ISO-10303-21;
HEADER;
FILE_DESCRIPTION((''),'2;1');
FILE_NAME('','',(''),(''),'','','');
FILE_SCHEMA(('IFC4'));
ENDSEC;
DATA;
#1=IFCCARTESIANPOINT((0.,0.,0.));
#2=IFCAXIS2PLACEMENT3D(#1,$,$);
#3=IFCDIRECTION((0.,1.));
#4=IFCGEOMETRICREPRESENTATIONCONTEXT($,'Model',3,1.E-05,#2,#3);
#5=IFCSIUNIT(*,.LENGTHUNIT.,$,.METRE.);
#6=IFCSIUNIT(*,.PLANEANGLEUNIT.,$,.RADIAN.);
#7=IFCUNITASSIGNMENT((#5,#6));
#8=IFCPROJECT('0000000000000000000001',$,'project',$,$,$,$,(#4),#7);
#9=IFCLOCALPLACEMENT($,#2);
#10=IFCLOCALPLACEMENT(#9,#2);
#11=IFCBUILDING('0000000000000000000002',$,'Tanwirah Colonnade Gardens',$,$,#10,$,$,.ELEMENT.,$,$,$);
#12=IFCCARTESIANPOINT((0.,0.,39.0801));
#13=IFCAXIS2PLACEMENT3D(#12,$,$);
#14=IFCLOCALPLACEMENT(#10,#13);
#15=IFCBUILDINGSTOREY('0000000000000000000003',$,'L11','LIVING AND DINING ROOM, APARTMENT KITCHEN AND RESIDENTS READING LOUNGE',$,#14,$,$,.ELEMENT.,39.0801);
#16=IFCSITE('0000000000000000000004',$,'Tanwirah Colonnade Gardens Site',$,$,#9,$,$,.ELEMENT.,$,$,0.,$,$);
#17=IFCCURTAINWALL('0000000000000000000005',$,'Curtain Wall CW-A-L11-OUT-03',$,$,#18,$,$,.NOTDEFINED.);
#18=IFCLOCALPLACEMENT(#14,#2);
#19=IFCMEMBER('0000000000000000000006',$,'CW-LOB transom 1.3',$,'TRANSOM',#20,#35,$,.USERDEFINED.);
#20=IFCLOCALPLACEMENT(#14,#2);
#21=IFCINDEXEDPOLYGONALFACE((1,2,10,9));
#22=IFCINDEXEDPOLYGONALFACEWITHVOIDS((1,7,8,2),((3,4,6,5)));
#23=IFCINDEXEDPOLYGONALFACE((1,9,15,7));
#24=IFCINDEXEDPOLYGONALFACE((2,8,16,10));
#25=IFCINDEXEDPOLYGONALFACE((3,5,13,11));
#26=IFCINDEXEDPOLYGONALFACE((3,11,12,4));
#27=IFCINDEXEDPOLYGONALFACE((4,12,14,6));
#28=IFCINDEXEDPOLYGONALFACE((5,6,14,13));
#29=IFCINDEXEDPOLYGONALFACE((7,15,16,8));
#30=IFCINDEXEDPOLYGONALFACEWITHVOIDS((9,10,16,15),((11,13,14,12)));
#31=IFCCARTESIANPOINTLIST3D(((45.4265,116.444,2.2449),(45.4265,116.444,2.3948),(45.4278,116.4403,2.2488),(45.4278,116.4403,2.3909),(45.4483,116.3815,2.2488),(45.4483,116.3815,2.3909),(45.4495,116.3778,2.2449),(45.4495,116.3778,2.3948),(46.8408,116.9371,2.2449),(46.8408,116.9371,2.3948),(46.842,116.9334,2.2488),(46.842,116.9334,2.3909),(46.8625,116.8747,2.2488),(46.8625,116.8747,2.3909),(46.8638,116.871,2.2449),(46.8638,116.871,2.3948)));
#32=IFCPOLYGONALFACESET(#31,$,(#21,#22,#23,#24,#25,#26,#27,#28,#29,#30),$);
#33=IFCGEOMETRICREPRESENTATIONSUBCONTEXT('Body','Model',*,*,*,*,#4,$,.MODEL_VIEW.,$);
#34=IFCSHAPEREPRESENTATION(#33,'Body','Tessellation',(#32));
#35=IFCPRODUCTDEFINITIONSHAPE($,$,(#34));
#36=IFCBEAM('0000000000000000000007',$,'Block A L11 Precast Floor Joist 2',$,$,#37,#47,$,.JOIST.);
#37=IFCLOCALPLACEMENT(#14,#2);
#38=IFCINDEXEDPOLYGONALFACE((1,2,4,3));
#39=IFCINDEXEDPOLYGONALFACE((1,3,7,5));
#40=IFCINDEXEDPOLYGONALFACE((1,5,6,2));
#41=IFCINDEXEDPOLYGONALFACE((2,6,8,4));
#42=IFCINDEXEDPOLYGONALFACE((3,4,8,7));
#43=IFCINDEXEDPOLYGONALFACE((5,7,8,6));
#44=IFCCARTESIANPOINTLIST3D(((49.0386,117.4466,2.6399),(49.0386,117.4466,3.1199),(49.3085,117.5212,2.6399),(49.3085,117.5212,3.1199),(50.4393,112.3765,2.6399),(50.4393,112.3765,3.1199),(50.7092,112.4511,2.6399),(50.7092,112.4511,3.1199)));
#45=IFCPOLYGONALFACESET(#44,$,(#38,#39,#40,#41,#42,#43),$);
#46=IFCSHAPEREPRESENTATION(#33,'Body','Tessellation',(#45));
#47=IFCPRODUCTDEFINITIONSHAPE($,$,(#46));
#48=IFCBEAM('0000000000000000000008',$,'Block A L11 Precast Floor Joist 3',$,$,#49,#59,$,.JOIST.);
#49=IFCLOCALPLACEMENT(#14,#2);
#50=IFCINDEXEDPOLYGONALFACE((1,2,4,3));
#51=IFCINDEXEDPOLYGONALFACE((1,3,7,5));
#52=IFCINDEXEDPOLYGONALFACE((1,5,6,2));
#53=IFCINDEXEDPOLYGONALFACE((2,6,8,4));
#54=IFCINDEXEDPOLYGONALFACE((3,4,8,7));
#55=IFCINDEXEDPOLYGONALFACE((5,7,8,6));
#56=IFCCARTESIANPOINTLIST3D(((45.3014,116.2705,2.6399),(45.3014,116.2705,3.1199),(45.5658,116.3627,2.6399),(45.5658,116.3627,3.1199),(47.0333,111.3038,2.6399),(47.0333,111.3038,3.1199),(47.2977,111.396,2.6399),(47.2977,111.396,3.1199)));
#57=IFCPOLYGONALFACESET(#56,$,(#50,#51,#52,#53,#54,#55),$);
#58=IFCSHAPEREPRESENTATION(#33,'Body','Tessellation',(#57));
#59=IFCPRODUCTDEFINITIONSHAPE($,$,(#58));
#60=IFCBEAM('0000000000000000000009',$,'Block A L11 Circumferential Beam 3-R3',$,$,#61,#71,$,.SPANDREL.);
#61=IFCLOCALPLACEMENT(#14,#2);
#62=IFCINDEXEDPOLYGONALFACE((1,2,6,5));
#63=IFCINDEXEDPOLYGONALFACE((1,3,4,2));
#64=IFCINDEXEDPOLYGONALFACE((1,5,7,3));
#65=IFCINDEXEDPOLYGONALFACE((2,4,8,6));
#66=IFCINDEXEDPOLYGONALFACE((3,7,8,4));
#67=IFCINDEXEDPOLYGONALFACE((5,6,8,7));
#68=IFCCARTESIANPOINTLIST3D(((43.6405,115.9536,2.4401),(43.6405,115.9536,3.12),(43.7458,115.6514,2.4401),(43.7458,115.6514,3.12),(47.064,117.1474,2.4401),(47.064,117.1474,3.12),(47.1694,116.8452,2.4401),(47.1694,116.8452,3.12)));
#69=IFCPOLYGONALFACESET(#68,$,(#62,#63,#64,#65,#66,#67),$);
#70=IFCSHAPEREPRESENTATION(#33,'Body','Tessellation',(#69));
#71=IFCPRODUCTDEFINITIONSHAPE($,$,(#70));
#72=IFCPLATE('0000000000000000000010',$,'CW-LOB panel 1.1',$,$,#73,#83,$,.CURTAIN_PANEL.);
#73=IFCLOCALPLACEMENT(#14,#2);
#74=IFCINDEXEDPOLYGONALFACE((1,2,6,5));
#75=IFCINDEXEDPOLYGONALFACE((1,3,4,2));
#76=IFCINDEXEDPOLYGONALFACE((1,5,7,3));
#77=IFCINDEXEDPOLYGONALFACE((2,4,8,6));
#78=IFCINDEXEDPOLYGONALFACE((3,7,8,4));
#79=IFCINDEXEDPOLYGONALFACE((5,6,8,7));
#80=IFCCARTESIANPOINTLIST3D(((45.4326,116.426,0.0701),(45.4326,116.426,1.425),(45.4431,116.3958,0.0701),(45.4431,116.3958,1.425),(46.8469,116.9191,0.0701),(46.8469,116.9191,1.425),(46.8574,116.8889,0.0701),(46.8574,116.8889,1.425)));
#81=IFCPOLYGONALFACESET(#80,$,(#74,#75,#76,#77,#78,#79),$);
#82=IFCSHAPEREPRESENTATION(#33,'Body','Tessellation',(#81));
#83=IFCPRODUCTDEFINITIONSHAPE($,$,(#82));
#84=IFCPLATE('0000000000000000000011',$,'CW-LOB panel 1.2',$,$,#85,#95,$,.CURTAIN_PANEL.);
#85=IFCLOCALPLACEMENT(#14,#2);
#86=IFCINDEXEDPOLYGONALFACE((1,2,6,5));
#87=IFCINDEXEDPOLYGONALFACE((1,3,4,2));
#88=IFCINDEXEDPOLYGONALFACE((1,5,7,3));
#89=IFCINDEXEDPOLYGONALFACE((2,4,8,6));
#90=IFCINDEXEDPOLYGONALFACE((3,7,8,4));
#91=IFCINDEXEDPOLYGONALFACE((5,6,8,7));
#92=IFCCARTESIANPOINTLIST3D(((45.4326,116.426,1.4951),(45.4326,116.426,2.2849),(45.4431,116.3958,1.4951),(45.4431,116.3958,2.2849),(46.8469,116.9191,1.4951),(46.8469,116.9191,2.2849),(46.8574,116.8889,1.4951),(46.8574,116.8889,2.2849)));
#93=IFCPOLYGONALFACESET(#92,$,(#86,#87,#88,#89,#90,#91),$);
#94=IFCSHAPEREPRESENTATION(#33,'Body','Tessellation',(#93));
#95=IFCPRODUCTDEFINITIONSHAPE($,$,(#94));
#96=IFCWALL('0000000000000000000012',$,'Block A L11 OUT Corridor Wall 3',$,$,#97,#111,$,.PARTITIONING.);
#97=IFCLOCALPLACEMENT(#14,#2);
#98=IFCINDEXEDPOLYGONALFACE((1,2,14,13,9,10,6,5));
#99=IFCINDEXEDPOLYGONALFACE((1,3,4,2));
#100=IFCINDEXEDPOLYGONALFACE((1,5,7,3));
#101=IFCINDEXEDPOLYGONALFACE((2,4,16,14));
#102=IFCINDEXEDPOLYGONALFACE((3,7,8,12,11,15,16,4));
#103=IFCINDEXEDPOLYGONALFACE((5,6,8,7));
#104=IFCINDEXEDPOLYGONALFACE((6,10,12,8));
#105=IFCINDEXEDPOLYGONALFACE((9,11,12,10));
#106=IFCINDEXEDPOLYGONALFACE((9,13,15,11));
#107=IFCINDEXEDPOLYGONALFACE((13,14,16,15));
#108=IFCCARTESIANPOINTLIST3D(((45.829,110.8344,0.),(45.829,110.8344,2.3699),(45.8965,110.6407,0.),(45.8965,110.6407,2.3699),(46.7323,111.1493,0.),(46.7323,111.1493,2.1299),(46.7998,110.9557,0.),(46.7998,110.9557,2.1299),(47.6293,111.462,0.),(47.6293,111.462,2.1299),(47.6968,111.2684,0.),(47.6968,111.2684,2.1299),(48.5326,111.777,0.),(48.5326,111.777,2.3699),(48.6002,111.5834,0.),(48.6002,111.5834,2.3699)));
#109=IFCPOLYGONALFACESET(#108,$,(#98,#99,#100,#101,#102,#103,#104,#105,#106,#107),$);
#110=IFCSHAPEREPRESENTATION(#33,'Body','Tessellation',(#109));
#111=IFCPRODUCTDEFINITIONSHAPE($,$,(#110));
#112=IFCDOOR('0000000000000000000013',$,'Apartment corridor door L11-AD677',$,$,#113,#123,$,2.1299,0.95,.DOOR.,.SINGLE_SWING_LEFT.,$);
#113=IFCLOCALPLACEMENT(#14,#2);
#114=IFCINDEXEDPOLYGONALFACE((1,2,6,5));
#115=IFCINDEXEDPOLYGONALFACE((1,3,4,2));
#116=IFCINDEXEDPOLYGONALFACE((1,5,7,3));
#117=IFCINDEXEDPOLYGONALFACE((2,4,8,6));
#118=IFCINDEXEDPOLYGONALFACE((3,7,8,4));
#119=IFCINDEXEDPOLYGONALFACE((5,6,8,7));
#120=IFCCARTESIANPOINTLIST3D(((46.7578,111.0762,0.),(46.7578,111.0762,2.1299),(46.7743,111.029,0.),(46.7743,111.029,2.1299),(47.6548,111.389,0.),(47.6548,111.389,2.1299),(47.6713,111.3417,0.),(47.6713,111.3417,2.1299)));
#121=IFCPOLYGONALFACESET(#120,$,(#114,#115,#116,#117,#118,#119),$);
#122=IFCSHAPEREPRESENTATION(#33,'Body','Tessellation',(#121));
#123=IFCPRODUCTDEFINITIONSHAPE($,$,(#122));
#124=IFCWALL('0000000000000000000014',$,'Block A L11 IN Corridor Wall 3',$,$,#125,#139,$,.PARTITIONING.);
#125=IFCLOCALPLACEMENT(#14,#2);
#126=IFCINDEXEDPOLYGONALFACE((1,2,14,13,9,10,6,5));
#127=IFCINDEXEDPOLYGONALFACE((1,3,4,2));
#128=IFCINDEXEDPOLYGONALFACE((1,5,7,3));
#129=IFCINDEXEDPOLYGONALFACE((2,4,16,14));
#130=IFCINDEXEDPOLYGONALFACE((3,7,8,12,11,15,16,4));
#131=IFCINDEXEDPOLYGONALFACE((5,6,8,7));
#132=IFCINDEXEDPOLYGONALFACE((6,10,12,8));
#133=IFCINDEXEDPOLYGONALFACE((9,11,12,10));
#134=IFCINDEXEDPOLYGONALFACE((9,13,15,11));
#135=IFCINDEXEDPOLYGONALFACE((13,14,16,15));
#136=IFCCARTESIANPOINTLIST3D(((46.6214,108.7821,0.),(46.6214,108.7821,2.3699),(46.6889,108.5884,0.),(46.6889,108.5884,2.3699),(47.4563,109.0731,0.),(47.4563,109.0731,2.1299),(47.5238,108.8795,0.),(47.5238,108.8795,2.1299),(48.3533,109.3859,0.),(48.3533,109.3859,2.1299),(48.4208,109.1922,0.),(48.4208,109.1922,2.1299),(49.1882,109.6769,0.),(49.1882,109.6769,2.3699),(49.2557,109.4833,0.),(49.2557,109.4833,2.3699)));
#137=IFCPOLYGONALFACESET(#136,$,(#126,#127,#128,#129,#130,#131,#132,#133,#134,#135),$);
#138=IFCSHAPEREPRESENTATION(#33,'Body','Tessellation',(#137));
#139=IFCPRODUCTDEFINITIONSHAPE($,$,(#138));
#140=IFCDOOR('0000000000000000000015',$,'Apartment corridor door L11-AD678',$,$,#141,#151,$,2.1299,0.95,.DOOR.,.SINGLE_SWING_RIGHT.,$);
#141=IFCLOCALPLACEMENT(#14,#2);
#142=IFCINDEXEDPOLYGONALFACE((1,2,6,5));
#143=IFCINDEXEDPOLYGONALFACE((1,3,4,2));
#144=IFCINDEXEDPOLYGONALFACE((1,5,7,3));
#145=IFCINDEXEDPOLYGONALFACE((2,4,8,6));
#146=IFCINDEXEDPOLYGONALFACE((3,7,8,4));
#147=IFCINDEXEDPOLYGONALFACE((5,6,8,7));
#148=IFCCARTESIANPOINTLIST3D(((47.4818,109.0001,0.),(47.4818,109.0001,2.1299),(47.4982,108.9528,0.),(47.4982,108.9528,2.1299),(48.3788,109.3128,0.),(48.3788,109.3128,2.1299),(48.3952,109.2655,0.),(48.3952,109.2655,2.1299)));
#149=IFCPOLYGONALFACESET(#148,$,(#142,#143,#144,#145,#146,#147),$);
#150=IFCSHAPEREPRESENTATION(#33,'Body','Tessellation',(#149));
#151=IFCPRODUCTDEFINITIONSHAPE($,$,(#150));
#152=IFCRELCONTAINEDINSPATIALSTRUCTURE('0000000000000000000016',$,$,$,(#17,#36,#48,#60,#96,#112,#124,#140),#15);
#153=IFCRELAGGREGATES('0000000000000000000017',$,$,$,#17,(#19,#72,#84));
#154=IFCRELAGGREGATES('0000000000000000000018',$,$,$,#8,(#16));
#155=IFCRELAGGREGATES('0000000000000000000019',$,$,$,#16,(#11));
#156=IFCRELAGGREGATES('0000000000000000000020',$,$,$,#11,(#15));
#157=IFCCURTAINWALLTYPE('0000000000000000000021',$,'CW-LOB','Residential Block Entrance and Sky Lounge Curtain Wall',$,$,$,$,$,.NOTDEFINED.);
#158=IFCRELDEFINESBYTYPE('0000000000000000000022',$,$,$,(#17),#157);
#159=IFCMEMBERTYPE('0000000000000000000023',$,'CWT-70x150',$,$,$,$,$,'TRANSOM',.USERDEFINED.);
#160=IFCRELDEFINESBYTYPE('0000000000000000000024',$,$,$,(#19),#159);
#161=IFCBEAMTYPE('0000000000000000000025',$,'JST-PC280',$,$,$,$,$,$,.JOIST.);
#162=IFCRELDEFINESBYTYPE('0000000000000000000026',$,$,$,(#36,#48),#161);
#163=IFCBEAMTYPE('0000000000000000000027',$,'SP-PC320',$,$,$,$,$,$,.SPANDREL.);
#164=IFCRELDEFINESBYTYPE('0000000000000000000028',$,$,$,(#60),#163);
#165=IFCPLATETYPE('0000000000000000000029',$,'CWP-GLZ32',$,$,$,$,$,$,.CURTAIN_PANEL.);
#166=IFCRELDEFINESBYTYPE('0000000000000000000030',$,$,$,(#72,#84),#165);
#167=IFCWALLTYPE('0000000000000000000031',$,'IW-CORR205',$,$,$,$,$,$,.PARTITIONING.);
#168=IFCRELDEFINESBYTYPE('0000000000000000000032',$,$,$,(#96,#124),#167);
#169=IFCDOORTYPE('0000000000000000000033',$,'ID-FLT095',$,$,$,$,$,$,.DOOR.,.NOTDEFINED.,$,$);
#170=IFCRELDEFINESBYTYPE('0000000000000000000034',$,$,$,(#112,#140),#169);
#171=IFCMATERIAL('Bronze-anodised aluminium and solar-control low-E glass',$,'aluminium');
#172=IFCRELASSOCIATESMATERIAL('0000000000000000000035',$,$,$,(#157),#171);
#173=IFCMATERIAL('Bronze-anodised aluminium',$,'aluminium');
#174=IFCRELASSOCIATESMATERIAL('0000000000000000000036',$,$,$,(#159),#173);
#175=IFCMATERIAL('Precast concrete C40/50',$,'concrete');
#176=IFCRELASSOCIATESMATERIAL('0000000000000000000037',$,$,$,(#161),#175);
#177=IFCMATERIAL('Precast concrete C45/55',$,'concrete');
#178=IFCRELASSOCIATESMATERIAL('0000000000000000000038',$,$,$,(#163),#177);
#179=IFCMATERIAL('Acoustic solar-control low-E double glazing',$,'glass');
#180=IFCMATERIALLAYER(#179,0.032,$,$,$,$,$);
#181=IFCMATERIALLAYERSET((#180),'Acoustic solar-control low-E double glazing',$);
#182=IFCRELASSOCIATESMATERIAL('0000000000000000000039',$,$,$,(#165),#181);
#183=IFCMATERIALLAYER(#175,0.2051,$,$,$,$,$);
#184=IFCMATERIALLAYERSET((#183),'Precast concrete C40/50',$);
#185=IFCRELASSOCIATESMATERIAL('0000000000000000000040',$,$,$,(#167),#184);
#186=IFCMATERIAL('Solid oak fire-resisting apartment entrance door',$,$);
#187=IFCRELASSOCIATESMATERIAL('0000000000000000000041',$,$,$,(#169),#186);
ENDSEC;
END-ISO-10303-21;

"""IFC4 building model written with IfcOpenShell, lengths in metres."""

from ifc_helpers import new_model, si_unit, direction, frame, frame_2d, origin, origin_2d, place, context, subcontext, project, spatial, rectangle, hollow_rectangle, extrude, material, layer, layer_set, material_profile, profile_set, type_object, element, fill, aggregate, save


model = new_model("IFC4")

# Units and contexts
model_context = context("Model", 3, precision=1e-05, world=origin(), true_north=direction((0.0, 1.0)))
body_context = subcontext(model_context, "Body", "Model", "MODEL_VIEW")
ifc_project = project(units=[si_unit("LENGTHUNIT", "METRE"), si_unit("PLANEANGLEUNIT", "RADIAN")], contexts=[model_context])

# Site, building, storey
site_placement = place(None, origin())
site = spatial("IfcSite", under=ifc_project, at=site_placement, Name="Tanwirah Colonnade Gardens Site", CompositionType="ELEMENT", RefElevation=0.0)
building_placement = place(site_placement, origin())
building = spatial("IfcBuilding", under=site, at=building_placement, Name="Tanwirah Colonnade Gardens", CompositionType="ELEMENT")
storey_placement = place(building_placement, frame((0.0, 0.0, 39.0801)))
storey = spatial("IfcBuildingStorey", under=building, at=storey_placement, Name="L11", Description="LIVING AND DINING ROOM, APARTMENT KITCHEN AND RESIDENTS READING LOUNGE", CompositionType="ELEMENT", Elevation=39.0801)

# Shared definitions
ifc_material_1 = material(Name="Precast concrete C40/50", Category="concrete")

# Shared definitions
ifc_material_2 = material(Name="Precast concrete C45/55", Category="concrete")

# Curtain wall, member
ifc_material_3 = material(Name="Bronze-anodised aluminium and solar-control low-E glass", Category="aluminium")
curtain_wall_type = type_object("IfcCurtainWallType", Name="CW-LOB", Description="Residential Block Entrance and Sky Lounge Curtain Wall", PredefinedType="NOTDEFINED", material=ifc_material_3)
curtain_wall_placement = place(storey_placement, origin())
curtain_wall = element("IfcCurtainWall", 1, at=curtain_wall_placement, inside=storey, type_object=curtain_wall_type, Name="Curtain Wall CW-A-L11-OUT-03", PredefinedType="NOTDEFINED")
ifc_material_4 = material(Name="Bronze-anodised aluminium", Category="aluminium")
ifc_material_profile_1 = material_profile(ifc_material_4, hollow_rectangle(XDim=0.0701, YDim=0.1499, WallThickness=0.0039, at=origin_2d()), Name="CW-TRN 70x150x4")
ifc_profile_set_1 = profile_set([ifc_material_profile_1], Name="Bronze-anodised aluminium")
member_type_1 = type_object("IfcMemberType", Name="CWT-70x150", ElementType="TRANSOM", PredefinedType="USERDEFINED", material=ifc_profile_set_1)
member_1_placement = place(storey_placement, frame((46.8523, 116.9041, 2.3198), z_axis=(-0.944241, -0.329254, 0.0), x_axis=(0.329254, -0.944241, 0.0)))
member_1 = element("IfcMember", 2, at=member_1_placement, type_object=member_type_1, Name="CW-LOB transom 1.3", ObjectType="TRANSOM", PredefinedType="USERDEFINED", context=body_context, shape_type="SweptSolid", body=[
    extrude(hollow_rectangle(XDim=0.0701, YDim=0.1499, WallThickness=0.0039, at=origin_2d()), origin(), (0.0, 0.0, 1.0), 1.4978),
])

# Beams
ifc_material_profile_2 = material_profile(ifc_material_1, rectangle(XDim=0.28, YDim=0.48, at=origin_2d()), Name="PC-JST 280x480")
ifc_profile_set_2 = profile_set([ifc_material_profile_2], Name="Precast concrete C40/50")
beam_type_1 = type_object("IfcBeamType", Name="JST-PC280", PredefinedType="JOIST", material=ifc_profile_set_2)
for number, where, z_axis, x_axis, name in (
    (3, (50.5742, 112.4138, 2.8799), (-0.266281, 0.963895, 0.0), (-0.963895, -0.266281, 0.0), "Block A L11 Precast Floor Joist 2"),
    (4, (47.1655, 111.3499, 2.8799), (-0.329259, 0.94424, 0.0), (-0.94424, -0.329259, 0.0), "Block A L11 Precast Floor Joist 3"),
):
    element("IfcBeam", number, at=place(storey_placement, frame(where, z_axis=z_axis, x_axis=x_axis)), inside=storey, type_object=beam_type_1, Name=name, PredefinedType="JOIST", context=body_context, shape_type="SweptSolid", body=[
        extrude(rectangle(XDim=0.28, YDim=0.48, at=origin_2d()), origin(), (0.0, 0.0, 1.0), 5.26),
    ])
ifc_material_profile_3 = material_profile(ifc_material_2, rectangle(XDim=0.3201, YDim=0.6799, at=origin_2d()), Name="PC-SP 320x680")
ifc_profile_set_3 = profile_set([ifc_material_profile_3], Name="Precast concrete C45/55")
beam_type_2 = type_object("IfcBeamType", Name="SP-PC320", PredefinedType="SPANDREL", material=ifc_profile_set_3)
beam_1_placement = place(storey_placement, frame((47.1167, 116.9963, 2.78), z_axis=(-0.944237, -0.329267, 0.0), x_axis=(0.329267, -0.944237, 0.0)))
element("IfcBeam", 5, at=beam_1_placement, inside=storey, type_object=beam_type_2, Name="Block A L11 Circumferential Beam 3-R3", PredefinedType="SPANDREL", context=body_context, shape_type="SweptSolid", body=[
    extrude(rectangle(XDim=0.3201, YDim=0.6799, at=origin_2d()), origin(), (0.0, 0.0, 1.0), 3.6257),
])

# Plates
ifc_material_5 = material(Name="Acoustic solar-control low-E double glazing", Category="glass")
ifc_layer_1 = layer(ifc_material_5, 0.032)
ifc_layer_set_1 = layer_set([ifc_layer_1], Name="Acoustic solar-control low-E double glazing")
plate_type = type_object("IfcPlateType", Name="CWP-GLZ32", PredefinedType="CURTAIN_PANEL", material=ifc_layer_set_1)
plate_1_placement = place(storey_placement, frame((46.145, 116.6575, 0.0701), z_axis=(0.0, 0.0, 1.0), x_axis=(-0.944249, -0.329233, 0.0)))
plate_1 = element("IfcPlate", 6, at=plate_1_placement, type_object=plate_type, Name="CW-LOB panel 1.1", PredefinedType="CURTAIN_PANEL", context=body_context, shape_type="SweptSolid", body=[
    extrude(rectangle(XDim=1.4978, YDim=0.032, at=origin_2d()), origin(), (0.0, 0.0, 1.0), 1.355),
])
plate_2_placement = place(storey_placement, frame((46.145, 116.6575, 1.4951), z_axis=(0.0, 0.0, 1.0), x_axis=(-0.944249, -0.329233, 0.0)))
plate_2 = element("IfcPlate", 7, at=plate_2_placement, type_object=plate_type, Name="CW-LOB panel 1.2", PredefinedType="CURTAIN_PANEL", context=body_context, shape_type="SweptSolid", body=[
    extrude(rectangle(XDim=1.4978, YDim=0.032, at=origin_2d()), origin(), (0.0, 0.0, 1.0), 0.7898),
])
aggregate(curtain_wall, [member_1, plate_1, plate_2])

# Walls, openings, doors
ifc_layer_2 = layer(ifc_material_1, 0.2051)
ifc_layer_set_2 = layer_set([ifc_layer_2], Name="Precast concrete C40/50")
wall_type = type_object("IfcWallType", Name="IW-CORR205", PredefinedType="PARTITIONING", material=ifc_layer_set_2)
wall_1_placement = place(storey_placement, frame((48.5664, 111.6802, 0.0), z_axis=(0.0, 0.0, 1.0), x_axis=(-0.944254, -0.329218, 0.0)))
wall_1 = element("IfcWall", 8, at=wall_1_placement, inside=storey, type_object=wall_type, Name="Block A L11 OUT Corridor Wall 3", PredefinedType="PARTITIONING", context=body_context, shape_type="SweptSolid", body=[
    extrude(rectangle(XDim=2.8633, YDim=0.2051, at=frame_2d((1.4316, 0.0))), origin(), (0.0, 0.0, 1.0), 2.3699),
])
opening_1_placement = place(wall_1_placement, frame((0.9565, 0.0, 0.0)))
opening_1 = element("IfcOpeningElement", 9, at=opening_1_placement, cuts=wall_1, PredefinedType="OPENING", context=body_context, shape_type="SweptSolid", body=[
    extrude(rectangle(XDim=0.95, YDim=2.1299, at=frame_2d((0.4751, 1.0649))), frame((0.0, 0.1125, 0.0), z_axis=(0.0, -1.0, 0.0), x_axis=(1.0, 0.0, 0.0)), (0.0, 0.0, 1.0), 0.2251),
])
ifc_material_6 = material(Name="Solid oak fire-resisting apartment entrance door")
door_type = type_object("IfcDoorType", Name="ID-FLT095", OperationType="NOTDEFINED", PredefinedType="DOOR", material=ifc_material_6)
door_1_placement = place(opening_1_placement, origin())
door_1 = element("IfcDoor", 10, at=door_1_placement, inside=storey, type_object=door_type, Name="Apartment corridor door L11-AD677", OperationType="SINGLE_SWING_LEFT", OverallHeight=2.1299, OverallWidth=0.95, PredefinedType="DOOR", context=body_context, shape_type="SweptSolid", body=[
    extrude(rectangle(XDim=0.95, YDim=2.1299, at=frame_2d((0.4751, 1.0649))), frame((0.0, 0.0249, 0.0), z_axis=(0.0, -1.0, 0.0), x_axis=(1.0, 0.0, 0.0)), (0.0, 0.0, 1.0), 0.05),
])
fill(opening_1, door_1)
wall_2_placement = place(storey_placement, frame((49.2219, 109.5801, 0.0), z_axis=(0.0, 0.0, 1.0), x_axis=(-0.944265, -0.329186, 0.0)))
wall_2 = element("IfcWall", 11, at=wall_2_placement, inside=storey, type_object=wall_type, Name="Block A L11 IN Corridor Wall 3", PredefinedType="PARTITIONING", context=body_context, shape_type="SweptSolid", body=[
    extrude(rectangle(XDim=2.7183, YDim=0.2051, at=frame_2d((1.3591, 0.0))), origin(), (0.0, 0.0, 1.0), 2.3699),
])
opening_2_placement = place(wall_2_placement, frame((0.884, 0.0, 0.0)))
opening_2 = element("IfcOpeningElement", 12, at=opening_2_placement, cuts=wall_2, PredefinedType="OPENING", context=body_context, shape_type="SweptSolid", body=[
    extrude(rectangle(XDim=0.95, YDim=2.1299, at=frame_2d((0.4751, 1.0649))), frame((0.0, 0.1125, 0.0), z_axis=(0.0, -1.0, 0.0), x_axis=(1.0, 0.0, 0.0)), (0.0, 0.0, 1.0), 0.2251),
])
door_2_placement = place(opening_2_placement, origin())
door_2 = element("IfcDoor", 13, at=door_2_placement, inside=storey, type_object=door_type, Name="Apartment corridor door L11-AD678", OperationType="SINGLE_SWING_RIGHT", OverallHeight=2.1299, OverallWidth=0.95, PredefinedType="DOOR", context=body_context, shape_type="SweptSolid", body=[
    extrude(rectangle(XDim=0.95, YDim=2.1299, at=frame_2d((0.4751, 1.0649))), frame((0.0, 0.0249, 0.0), z_axis=(0.0, -1.0, 0.0), x_axis=(1.0, 0.0, 0.0)), (0.0, 0.0, 1.0), 0.05),
])
fill(opening_2, door_2)

save(model, "model.ifc")
